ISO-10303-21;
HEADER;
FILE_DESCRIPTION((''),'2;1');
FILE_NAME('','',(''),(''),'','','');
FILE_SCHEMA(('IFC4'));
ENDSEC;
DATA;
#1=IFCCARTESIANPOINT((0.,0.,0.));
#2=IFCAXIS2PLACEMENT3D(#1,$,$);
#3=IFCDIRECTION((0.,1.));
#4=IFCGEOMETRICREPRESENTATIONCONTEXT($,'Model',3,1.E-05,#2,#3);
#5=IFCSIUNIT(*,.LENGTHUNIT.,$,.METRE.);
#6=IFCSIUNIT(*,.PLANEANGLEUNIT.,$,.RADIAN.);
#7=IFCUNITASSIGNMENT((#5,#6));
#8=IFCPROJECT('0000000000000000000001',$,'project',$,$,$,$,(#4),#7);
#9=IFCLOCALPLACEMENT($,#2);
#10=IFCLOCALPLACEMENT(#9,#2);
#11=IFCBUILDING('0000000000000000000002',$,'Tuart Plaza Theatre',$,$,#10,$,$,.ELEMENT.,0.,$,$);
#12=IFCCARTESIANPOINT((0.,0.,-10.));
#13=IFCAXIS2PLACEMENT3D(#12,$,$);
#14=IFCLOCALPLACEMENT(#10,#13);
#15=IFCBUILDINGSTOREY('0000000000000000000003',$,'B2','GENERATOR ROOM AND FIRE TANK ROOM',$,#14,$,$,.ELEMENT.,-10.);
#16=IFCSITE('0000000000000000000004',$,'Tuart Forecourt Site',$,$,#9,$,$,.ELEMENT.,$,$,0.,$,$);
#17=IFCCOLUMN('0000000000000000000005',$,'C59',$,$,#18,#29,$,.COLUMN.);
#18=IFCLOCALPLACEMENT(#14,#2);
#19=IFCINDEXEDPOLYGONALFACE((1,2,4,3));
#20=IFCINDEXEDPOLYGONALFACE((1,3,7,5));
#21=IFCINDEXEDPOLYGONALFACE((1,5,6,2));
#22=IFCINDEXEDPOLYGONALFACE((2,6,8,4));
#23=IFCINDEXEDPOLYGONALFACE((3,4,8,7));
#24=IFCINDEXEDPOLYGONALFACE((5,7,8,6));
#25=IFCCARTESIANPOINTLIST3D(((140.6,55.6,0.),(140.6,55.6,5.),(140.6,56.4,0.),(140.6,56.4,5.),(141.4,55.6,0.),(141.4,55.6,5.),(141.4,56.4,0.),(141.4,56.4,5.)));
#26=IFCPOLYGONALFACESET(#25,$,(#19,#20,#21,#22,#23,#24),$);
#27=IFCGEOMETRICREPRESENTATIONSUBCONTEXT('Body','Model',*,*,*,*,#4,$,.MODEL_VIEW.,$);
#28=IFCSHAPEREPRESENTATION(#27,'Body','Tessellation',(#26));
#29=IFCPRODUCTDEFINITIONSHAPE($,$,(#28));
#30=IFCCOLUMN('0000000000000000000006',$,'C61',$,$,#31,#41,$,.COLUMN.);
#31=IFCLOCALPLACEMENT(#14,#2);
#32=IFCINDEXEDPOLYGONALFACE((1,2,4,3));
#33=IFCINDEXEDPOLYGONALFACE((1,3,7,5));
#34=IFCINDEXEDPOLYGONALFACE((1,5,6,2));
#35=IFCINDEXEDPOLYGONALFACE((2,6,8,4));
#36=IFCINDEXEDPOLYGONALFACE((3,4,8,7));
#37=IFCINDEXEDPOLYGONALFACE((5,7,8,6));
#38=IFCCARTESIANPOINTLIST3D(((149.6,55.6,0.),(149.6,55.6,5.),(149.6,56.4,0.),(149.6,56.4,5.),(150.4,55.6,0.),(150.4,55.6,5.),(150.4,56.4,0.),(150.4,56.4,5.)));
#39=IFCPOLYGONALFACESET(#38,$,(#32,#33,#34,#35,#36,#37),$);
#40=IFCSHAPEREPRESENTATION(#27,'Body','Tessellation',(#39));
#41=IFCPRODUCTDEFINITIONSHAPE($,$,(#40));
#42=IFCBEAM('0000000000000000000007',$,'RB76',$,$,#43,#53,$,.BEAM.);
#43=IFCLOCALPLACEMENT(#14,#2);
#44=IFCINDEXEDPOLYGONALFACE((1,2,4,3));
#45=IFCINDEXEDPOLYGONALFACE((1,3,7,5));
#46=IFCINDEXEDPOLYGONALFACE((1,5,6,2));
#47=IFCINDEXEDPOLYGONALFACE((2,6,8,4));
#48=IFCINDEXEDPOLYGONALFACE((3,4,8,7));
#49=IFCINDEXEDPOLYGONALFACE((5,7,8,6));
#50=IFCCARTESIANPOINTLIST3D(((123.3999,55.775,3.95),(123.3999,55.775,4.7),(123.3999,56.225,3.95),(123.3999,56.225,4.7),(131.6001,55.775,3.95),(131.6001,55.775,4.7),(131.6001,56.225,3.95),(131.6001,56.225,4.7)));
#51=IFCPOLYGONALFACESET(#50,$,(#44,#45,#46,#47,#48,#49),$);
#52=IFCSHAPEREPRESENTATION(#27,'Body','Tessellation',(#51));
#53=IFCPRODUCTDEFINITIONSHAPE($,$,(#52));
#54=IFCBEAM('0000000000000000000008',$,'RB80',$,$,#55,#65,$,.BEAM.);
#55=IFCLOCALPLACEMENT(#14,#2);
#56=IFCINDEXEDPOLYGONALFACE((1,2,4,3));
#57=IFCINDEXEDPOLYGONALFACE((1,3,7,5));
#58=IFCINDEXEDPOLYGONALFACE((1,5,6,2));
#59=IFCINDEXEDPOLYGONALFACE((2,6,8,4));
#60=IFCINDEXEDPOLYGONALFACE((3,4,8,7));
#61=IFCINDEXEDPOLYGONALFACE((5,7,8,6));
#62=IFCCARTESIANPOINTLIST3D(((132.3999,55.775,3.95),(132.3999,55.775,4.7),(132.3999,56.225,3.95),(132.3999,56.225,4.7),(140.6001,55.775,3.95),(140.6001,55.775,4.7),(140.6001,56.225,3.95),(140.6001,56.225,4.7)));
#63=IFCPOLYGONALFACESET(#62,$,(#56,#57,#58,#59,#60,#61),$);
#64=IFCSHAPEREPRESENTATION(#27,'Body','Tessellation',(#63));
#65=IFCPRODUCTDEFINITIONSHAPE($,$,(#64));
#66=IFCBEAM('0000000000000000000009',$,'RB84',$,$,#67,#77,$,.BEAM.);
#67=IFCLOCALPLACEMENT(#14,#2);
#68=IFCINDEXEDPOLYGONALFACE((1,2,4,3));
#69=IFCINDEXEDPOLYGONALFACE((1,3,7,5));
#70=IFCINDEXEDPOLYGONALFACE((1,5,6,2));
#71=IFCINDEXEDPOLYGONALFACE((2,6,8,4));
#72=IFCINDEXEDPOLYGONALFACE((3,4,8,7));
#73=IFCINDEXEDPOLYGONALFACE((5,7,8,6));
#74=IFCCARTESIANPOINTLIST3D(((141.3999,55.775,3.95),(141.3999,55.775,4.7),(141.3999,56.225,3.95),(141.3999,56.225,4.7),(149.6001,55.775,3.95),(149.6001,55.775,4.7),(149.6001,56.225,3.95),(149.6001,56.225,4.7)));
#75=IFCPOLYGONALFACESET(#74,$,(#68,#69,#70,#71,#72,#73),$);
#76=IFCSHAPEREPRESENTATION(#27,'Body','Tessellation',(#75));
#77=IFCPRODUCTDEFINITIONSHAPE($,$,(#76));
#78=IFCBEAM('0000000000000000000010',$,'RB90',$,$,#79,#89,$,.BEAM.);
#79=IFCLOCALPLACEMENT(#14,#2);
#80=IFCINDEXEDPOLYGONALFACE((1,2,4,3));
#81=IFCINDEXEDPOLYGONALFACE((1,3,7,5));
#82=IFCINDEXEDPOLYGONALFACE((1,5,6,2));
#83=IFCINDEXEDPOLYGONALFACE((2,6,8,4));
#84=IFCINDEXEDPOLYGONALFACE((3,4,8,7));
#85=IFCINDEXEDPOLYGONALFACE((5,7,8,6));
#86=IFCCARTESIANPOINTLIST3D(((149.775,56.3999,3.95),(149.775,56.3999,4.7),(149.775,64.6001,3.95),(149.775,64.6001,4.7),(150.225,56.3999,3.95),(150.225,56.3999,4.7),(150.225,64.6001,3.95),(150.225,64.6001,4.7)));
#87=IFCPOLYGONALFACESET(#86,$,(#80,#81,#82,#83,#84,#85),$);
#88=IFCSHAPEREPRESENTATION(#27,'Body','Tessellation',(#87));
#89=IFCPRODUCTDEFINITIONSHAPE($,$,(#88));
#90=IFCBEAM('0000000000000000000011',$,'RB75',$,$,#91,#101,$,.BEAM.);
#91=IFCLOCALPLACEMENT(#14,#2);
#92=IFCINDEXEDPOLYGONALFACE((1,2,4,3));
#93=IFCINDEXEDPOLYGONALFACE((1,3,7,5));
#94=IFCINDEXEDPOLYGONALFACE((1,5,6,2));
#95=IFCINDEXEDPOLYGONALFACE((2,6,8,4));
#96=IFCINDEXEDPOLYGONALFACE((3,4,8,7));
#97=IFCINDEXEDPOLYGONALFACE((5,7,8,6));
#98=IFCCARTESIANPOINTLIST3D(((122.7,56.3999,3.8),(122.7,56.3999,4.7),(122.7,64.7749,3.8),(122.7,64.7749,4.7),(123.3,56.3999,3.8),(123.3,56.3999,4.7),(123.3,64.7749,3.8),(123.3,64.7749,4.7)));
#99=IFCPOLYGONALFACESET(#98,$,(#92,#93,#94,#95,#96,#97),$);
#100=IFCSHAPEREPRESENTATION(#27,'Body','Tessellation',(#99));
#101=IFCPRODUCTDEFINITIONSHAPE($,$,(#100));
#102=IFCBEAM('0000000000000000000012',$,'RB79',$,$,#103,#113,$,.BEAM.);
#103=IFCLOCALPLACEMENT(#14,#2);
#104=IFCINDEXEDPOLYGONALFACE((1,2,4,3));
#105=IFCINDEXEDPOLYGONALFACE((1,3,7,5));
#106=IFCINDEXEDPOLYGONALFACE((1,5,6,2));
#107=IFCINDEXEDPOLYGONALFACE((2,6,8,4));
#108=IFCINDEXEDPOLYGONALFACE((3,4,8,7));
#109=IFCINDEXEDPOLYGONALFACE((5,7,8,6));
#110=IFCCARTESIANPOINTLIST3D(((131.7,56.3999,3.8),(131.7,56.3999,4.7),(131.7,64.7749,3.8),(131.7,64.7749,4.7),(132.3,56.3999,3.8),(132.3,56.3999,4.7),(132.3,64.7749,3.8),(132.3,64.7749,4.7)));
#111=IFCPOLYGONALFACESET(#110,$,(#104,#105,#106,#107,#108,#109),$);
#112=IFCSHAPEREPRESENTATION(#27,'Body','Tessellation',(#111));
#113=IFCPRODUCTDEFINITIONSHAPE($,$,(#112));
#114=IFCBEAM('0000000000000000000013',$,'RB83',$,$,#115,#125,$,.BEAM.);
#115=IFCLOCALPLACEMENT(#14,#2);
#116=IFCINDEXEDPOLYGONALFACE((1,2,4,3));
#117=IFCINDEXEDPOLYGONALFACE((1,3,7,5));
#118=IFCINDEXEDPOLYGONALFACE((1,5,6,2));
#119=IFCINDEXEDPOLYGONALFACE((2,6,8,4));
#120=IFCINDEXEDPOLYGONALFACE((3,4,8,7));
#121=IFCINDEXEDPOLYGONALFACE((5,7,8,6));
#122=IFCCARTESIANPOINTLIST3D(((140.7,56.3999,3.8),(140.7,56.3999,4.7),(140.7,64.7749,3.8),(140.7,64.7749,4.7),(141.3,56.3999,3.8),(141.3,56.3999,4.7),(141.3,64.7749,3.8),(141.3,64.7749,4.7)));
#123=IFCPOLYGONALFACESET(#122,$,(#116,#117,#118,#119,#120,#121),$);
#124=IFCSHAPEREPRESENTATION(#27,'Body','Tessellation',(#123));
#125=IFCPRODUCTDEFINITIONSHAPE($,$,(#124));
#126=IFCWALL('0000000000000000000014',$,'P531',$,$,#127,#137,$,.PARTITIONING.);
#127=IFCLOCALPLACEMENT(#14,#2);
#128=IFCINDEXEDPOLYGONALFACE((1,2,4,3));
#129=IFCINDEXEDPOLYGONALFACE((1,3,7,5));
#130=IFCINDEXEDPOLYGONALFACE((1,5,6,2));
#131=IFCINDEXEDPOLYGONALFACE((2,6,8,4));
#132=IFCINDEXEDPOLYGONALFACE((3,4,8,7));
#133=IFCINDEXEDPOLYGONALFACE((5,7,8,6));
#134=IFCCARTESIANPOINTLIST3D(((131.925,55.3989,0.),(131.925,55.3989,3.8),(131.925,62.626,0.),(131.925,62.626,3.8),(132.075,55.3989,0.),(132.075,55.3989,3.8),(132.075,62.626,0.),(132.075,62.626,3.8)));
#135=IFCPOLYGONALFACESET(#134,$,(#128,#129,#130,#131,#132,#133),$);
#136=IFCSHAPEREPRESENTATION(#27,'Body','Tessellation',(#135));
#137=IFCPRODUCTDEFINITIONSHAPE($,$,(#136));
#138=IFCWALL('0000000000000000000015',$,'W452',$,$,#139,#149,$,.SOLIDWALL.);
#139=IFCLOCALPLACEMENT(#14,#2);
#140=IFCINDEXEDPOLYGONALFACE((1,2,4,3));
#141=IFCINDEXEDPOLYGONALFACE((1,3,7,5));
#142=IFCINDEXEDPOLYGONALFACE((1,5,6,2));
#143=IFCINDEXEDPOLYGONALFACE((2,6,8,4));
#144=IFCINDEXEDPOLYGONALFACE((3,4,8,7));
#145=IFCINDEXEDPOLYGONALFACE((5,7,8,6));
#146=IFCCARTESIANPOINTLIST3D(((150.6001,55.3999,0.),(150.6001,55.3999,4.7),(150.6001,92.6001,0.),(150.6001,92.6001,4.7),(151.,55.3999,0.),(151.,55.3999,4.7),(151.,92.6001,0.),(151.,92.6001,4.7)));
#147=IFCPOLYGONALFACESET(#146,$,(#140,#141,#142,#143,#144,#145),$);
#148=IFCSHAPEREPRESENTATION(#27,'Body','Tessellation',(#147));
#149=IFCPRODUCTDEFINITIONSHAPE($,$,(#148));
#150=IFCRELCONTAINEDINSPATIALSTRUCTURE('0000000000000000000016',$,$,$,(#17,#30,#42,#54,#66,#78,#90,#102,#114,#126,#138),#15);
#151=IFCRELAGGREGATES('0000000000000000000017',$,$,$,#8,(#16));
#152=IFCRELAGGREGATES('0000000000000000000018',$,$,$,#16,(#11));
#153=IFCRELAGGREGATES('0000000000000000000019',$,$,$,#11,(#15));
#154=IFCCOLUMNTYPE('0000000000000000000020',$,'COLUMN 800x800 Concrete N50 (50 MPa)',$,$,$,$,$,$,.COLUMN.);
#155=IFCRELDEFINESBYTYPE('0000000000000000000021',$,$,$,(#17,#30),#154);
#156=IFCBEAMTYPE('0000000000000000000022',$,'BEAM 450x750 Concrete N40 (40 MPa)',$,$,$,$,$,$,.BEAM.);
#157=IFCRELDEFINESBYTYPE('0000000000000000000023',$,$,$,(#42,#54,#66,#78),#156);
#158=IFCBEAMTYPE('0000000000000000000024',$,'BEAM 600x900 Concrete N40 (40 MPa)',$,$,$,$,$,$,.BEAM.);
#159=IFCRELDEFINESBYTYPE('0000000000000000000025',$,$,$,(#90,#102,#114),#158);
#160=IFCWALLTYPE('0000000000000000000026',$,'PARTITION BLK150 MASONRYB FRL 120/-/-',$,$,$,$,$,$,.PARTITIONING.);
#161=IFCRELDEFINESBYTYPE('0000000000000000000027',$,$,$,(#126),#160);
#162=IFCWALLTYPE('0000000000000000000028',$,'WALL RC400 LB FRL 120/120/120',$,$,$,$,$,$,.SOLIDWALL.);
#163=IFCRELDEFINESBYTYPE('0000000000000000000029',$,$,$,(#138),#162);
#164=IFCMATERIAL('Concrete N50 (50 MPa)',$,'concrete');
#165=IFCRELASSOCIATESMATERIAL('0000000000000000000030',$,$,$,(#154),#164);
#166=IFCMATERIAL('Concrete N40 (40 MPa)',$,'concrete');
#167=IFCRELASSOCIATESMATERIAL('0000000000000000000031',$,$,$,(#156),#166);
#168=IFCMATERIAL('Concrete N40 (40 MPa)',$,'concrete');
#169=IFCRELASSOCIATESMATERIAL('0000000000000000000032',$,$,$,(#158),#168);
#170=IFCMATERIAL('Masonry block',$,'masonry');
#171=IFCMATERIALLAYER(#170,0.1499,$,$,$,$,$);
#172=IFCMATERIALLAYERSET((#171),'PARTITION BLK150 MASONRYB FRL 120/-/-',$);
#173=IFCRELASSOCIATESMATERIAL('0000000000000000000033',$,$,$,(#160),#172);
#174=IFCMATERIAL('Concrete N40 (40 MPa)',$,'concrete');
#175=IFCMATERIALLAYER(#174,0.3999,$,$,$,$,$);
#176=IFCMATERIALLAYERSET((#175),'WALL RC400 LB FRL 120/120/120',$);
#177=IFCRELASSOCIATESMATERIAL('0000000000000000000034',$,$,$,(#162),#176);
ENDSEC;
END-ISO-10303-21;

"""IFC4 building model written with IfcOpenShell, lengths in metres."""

from ifc_helpers import new_model, si_unit, direction, frame, frame_2d, origin, origin_2d, place, context, subcontext, project, spatial, rectangle, extrude, material, layer, layer_set, material_profile, profile_set, type_object, element, save


model = new_model("IFC4")

# Units and contexts
model_context = context("Model", 3, precision=1e-05, world=origin(), true_north=direction((0.0, 1.0)))
body_context = subcontext(model_context, "Body", "Model", "MODEL_VIEW")
ifc_project = project(units=[si_unit("LENGTHUNIT", "METRE"), si_unit("PLANEANGLEUNIT", "RADIAN")], contexts=[model_context])

# Site, building, storey
site_placement = place(None, origin())
site = spatial("IfcSite", under=ifc_project, at=site_placement, Name="Tuart Forecourt Site", CompositionType="ELEMENT", RefElevation=0.0)
building_placement = place(site_placement, origin())
building = spatial("IfcBuilding", under=site, at=building_placement, Name="Tuart Plaza Theatre", CompositionType="ELEMENT", ElevationOfRefHeight=0.0)
storey_placement = place(building_placement, frame((0.0, 0.0, -10.0)))
storey = spatial("IfcBuildingStorey", under=building, at=storey_placement, Name="B2", Description="GENERATOR ROOM AND FIRE TANK ROOM", CompositionType="ELEMENT", Elevation=-10.0)

# Columns
ifc_material_1 = material(Name="Concrete N50 (50 MPa)", Category="concrete")
ifc_material_profile_1 = material_profile(ifc_material_1, rectangle(XDim=0.8, YDim=0.8, at=origin_2d()), Name="COLUMN 800x800 Concrete N50 (50 MPa)")
ifc_profile_set_1 = profile_set([ifc_material_profile_1], Name="Concrete N50 (50 MPa)")
column_type = type_object("IfcColumnType", Name="COLUMN 800x800 Concrete N50 (50 MPa)", PredefinedType="COLUMN", material=ifc_profile_set_1)
for number, where, z_axis, x_axis, name in (
    (1, (141.0, 56.0, 0.0), (0.0, 0.0, 1.0), (1.0, 0.0, 0.0), "C59"),
    (2, (150.0, 56.0, 0.0), (0.0, 0.0, 1.0), (1.0, 0.0, 0.0), "C61"),
):
    element("IfcColumn", number, at=place(storey_placement, frame(where, z_axis=z_axis, x_axis=x_axis)), inside=storey, type_object=column_type, Name=name, PredefinedType="COLUMN", context=body_context, shape_type="SweptSolid", body=[
        extrude(rectangle(XDim=0.8, YDim=0.8, at=origin_2d()), origin(), (0.0, 0.0, 1.0), 5.0),
    ])

# Beams
ifc_material_2 = material(Name="Concrete N40 (40 MPa)", Category="concrete")
ifc_material_profile_2 = material_profile(ifc_material_2, rectangle(XDim=0.45, YDim=0.75, at=origin_2d()), Name="BEAM 450x750 Concrete N40 (40 MPa)")
ifc_profile_set_2 = profile_set([ifc_material_profile_2], Name="Concrete N40 (40 MPa)")
beam_type_1 = type_object("IfcBeamType", Name="BEAM 450x750 Concrete N40 (40 MPa)", PredefinedType="BEAM", material=ifc_profile_set_2)
for number, where, z_axis, x_axis, name in (
    (3, (123.3999, 56.0, 4.325), (1.0, 0.0, 0.0), (0.0, 1.0, 0.0), "RB76"),
    (4, (132.3999, 56.0, 4.325), (1.0, 0.0, 0.0), (0.0, 1.0, 0.0), "RB80"),
    (5, (141.3999, 56.0, 4.325), (1.0, 0.0, 0.0), (0.0, 1.0, 0.0), "RB84"),
    (6, (150.0, 56.3999, 4.325), (0.0, 1.0, 0.0), (-1.0, 0.0, 0.0), "RB90"),
):
    element("IfcBeam", number, at=place(storey_placement, frame(where, z_axis=z_axis, x_axis=x_axis)), inside=storey, type_object=beam_type_1, Name=name, PredefinedType="BEAM", context=body_context, shape_type="SweptSolid", body=[
        extrude(rectangle(XDim=0.45, YDim=0.75, at=origin_2d()), origin(), (0.0, 0.0, 1.0), 8.2002),
    ])
ifc_material_3 = material(Name="Concrete N40 (40 MPa)", Category="concrete")
ifc_material_profile_3 = material_profile(ifc_material_3, rectangle(XDim=0.6001, YDim=0.8999, at=origin_2d()), Name="BEAM 600x900 Concrete N40 (40 MPa)")
ifc_profile_set_3 = profile_set([ifc_material_profile_3], Name="Concrete N40 (40 MPa)")
beam_type_2 = type_object("IfcBeamType", Name="BEAM 600x900 Concrete N40 (40 MPa)", PredefinedType="BEAM", material=ifc_profile_set_3)
for number, where, z_axis, x_axis, name in (
    (7, (123.0, 56.3999, 4.25), (0.0, 1.0, 0.0), (-1.0, 0.0, 0.0), "RB75"),
    (8, (132.0, 56.3999, 4.25), (0.0, 1.0, 0.0), (-1.0, 0.0, 0.0), "RB79"),
    (9, (141.0, 56.3999, 4.25), (0.0, 1.0, 0.0), (-1.0, 0.0, 0.0), "RB83"),
):
    element("IfcBeam", number, at=place(storey_placement, frame(where, z_axis=z_axis, x_axis=x_axis)), inside=storey, type_object=beam_type_2, Name=name, PredefinedType="BEAM", context=body_context, shape_type="SweptSolid", body=[
        extrude(rectangle(XDim=0.6001, YDim=0.8999, at=origin_2d()), origin(), (0.0, 0.0, 1.0), 8.375),
    ])

# Walls
ifc_material_4 = material(Name="Masonry block", Category="masonry")
ifc_layer_1 = layer(ifc_material_4, 0.1499)
ifc_layer_set_1 = layer_set([ifc_layer_1], Name="PARTITION BLK150 MASONRYB FRL 120/-/-")
wall_type_1 = type_object("IfcWallType", Name="PARTITION BLK150 MASONRYB FRL 120/-/-", PredefinedType="PARTITIONING", material=ifc_layer_set_1)
wall_1_placement = place(storey_placement, frame((132.0, 55.3989, 0.0), z_axis=(0.0, 0.0, 1.0), x_axis=(0.0, 1.0, 0.0)))
element("IfcWall", 10, at=wall_1_placement, inside=storey, type_object=wall_type_1, Name="P531", PredefinedType="PARTITIONING", context=body_context, shape_type="SweptSolid", body=[
    extrude(rectangle(XDim=7.2271, YDim=0.1499, at=frame_2d((3.6135, 0.0))), origin(), (0.0, 0.0, 1.0), 3.8),
])
ifc_material_5 = material(Name="Concrete N40 (40 MPa)", Category="concrete")
ifc_layer_2 = layer(ifc_material_5, 0.3999)
ifc_layer_set_2 = layer_set([ifc_layer_2], Name="WALL RC400 LB FRL 120/120/120")
wall_type_2 = type_object("IfcWallType", Name="WALL RC400 LB FRL 120/120/120", PredefinedType="SOLIDWALL", material=ifc_layer_set_2)
wall_2_placement = place(storey_placement, frame((150.8, 55.3999, 0.0), z_axis=(0.0, 0.0, 1.0), x_axis=(0.0, 1.0, 0.0)))
element("IfcWall", 11, at=wall_2_placement, inside=storey, type_object=wall_type_2, Name="W452", PredefinedType="SOLIDWALL", context=body_context, shape_type="SweptSolid", body=[
    extrude(rectangle(XDim=37.2002, YDim=0.3999, at=frame_2d((18.6001, 0.0))), origin(), (0.0, 0.0, 1.0), 4.7),
])

save(model, "model.ifc")
